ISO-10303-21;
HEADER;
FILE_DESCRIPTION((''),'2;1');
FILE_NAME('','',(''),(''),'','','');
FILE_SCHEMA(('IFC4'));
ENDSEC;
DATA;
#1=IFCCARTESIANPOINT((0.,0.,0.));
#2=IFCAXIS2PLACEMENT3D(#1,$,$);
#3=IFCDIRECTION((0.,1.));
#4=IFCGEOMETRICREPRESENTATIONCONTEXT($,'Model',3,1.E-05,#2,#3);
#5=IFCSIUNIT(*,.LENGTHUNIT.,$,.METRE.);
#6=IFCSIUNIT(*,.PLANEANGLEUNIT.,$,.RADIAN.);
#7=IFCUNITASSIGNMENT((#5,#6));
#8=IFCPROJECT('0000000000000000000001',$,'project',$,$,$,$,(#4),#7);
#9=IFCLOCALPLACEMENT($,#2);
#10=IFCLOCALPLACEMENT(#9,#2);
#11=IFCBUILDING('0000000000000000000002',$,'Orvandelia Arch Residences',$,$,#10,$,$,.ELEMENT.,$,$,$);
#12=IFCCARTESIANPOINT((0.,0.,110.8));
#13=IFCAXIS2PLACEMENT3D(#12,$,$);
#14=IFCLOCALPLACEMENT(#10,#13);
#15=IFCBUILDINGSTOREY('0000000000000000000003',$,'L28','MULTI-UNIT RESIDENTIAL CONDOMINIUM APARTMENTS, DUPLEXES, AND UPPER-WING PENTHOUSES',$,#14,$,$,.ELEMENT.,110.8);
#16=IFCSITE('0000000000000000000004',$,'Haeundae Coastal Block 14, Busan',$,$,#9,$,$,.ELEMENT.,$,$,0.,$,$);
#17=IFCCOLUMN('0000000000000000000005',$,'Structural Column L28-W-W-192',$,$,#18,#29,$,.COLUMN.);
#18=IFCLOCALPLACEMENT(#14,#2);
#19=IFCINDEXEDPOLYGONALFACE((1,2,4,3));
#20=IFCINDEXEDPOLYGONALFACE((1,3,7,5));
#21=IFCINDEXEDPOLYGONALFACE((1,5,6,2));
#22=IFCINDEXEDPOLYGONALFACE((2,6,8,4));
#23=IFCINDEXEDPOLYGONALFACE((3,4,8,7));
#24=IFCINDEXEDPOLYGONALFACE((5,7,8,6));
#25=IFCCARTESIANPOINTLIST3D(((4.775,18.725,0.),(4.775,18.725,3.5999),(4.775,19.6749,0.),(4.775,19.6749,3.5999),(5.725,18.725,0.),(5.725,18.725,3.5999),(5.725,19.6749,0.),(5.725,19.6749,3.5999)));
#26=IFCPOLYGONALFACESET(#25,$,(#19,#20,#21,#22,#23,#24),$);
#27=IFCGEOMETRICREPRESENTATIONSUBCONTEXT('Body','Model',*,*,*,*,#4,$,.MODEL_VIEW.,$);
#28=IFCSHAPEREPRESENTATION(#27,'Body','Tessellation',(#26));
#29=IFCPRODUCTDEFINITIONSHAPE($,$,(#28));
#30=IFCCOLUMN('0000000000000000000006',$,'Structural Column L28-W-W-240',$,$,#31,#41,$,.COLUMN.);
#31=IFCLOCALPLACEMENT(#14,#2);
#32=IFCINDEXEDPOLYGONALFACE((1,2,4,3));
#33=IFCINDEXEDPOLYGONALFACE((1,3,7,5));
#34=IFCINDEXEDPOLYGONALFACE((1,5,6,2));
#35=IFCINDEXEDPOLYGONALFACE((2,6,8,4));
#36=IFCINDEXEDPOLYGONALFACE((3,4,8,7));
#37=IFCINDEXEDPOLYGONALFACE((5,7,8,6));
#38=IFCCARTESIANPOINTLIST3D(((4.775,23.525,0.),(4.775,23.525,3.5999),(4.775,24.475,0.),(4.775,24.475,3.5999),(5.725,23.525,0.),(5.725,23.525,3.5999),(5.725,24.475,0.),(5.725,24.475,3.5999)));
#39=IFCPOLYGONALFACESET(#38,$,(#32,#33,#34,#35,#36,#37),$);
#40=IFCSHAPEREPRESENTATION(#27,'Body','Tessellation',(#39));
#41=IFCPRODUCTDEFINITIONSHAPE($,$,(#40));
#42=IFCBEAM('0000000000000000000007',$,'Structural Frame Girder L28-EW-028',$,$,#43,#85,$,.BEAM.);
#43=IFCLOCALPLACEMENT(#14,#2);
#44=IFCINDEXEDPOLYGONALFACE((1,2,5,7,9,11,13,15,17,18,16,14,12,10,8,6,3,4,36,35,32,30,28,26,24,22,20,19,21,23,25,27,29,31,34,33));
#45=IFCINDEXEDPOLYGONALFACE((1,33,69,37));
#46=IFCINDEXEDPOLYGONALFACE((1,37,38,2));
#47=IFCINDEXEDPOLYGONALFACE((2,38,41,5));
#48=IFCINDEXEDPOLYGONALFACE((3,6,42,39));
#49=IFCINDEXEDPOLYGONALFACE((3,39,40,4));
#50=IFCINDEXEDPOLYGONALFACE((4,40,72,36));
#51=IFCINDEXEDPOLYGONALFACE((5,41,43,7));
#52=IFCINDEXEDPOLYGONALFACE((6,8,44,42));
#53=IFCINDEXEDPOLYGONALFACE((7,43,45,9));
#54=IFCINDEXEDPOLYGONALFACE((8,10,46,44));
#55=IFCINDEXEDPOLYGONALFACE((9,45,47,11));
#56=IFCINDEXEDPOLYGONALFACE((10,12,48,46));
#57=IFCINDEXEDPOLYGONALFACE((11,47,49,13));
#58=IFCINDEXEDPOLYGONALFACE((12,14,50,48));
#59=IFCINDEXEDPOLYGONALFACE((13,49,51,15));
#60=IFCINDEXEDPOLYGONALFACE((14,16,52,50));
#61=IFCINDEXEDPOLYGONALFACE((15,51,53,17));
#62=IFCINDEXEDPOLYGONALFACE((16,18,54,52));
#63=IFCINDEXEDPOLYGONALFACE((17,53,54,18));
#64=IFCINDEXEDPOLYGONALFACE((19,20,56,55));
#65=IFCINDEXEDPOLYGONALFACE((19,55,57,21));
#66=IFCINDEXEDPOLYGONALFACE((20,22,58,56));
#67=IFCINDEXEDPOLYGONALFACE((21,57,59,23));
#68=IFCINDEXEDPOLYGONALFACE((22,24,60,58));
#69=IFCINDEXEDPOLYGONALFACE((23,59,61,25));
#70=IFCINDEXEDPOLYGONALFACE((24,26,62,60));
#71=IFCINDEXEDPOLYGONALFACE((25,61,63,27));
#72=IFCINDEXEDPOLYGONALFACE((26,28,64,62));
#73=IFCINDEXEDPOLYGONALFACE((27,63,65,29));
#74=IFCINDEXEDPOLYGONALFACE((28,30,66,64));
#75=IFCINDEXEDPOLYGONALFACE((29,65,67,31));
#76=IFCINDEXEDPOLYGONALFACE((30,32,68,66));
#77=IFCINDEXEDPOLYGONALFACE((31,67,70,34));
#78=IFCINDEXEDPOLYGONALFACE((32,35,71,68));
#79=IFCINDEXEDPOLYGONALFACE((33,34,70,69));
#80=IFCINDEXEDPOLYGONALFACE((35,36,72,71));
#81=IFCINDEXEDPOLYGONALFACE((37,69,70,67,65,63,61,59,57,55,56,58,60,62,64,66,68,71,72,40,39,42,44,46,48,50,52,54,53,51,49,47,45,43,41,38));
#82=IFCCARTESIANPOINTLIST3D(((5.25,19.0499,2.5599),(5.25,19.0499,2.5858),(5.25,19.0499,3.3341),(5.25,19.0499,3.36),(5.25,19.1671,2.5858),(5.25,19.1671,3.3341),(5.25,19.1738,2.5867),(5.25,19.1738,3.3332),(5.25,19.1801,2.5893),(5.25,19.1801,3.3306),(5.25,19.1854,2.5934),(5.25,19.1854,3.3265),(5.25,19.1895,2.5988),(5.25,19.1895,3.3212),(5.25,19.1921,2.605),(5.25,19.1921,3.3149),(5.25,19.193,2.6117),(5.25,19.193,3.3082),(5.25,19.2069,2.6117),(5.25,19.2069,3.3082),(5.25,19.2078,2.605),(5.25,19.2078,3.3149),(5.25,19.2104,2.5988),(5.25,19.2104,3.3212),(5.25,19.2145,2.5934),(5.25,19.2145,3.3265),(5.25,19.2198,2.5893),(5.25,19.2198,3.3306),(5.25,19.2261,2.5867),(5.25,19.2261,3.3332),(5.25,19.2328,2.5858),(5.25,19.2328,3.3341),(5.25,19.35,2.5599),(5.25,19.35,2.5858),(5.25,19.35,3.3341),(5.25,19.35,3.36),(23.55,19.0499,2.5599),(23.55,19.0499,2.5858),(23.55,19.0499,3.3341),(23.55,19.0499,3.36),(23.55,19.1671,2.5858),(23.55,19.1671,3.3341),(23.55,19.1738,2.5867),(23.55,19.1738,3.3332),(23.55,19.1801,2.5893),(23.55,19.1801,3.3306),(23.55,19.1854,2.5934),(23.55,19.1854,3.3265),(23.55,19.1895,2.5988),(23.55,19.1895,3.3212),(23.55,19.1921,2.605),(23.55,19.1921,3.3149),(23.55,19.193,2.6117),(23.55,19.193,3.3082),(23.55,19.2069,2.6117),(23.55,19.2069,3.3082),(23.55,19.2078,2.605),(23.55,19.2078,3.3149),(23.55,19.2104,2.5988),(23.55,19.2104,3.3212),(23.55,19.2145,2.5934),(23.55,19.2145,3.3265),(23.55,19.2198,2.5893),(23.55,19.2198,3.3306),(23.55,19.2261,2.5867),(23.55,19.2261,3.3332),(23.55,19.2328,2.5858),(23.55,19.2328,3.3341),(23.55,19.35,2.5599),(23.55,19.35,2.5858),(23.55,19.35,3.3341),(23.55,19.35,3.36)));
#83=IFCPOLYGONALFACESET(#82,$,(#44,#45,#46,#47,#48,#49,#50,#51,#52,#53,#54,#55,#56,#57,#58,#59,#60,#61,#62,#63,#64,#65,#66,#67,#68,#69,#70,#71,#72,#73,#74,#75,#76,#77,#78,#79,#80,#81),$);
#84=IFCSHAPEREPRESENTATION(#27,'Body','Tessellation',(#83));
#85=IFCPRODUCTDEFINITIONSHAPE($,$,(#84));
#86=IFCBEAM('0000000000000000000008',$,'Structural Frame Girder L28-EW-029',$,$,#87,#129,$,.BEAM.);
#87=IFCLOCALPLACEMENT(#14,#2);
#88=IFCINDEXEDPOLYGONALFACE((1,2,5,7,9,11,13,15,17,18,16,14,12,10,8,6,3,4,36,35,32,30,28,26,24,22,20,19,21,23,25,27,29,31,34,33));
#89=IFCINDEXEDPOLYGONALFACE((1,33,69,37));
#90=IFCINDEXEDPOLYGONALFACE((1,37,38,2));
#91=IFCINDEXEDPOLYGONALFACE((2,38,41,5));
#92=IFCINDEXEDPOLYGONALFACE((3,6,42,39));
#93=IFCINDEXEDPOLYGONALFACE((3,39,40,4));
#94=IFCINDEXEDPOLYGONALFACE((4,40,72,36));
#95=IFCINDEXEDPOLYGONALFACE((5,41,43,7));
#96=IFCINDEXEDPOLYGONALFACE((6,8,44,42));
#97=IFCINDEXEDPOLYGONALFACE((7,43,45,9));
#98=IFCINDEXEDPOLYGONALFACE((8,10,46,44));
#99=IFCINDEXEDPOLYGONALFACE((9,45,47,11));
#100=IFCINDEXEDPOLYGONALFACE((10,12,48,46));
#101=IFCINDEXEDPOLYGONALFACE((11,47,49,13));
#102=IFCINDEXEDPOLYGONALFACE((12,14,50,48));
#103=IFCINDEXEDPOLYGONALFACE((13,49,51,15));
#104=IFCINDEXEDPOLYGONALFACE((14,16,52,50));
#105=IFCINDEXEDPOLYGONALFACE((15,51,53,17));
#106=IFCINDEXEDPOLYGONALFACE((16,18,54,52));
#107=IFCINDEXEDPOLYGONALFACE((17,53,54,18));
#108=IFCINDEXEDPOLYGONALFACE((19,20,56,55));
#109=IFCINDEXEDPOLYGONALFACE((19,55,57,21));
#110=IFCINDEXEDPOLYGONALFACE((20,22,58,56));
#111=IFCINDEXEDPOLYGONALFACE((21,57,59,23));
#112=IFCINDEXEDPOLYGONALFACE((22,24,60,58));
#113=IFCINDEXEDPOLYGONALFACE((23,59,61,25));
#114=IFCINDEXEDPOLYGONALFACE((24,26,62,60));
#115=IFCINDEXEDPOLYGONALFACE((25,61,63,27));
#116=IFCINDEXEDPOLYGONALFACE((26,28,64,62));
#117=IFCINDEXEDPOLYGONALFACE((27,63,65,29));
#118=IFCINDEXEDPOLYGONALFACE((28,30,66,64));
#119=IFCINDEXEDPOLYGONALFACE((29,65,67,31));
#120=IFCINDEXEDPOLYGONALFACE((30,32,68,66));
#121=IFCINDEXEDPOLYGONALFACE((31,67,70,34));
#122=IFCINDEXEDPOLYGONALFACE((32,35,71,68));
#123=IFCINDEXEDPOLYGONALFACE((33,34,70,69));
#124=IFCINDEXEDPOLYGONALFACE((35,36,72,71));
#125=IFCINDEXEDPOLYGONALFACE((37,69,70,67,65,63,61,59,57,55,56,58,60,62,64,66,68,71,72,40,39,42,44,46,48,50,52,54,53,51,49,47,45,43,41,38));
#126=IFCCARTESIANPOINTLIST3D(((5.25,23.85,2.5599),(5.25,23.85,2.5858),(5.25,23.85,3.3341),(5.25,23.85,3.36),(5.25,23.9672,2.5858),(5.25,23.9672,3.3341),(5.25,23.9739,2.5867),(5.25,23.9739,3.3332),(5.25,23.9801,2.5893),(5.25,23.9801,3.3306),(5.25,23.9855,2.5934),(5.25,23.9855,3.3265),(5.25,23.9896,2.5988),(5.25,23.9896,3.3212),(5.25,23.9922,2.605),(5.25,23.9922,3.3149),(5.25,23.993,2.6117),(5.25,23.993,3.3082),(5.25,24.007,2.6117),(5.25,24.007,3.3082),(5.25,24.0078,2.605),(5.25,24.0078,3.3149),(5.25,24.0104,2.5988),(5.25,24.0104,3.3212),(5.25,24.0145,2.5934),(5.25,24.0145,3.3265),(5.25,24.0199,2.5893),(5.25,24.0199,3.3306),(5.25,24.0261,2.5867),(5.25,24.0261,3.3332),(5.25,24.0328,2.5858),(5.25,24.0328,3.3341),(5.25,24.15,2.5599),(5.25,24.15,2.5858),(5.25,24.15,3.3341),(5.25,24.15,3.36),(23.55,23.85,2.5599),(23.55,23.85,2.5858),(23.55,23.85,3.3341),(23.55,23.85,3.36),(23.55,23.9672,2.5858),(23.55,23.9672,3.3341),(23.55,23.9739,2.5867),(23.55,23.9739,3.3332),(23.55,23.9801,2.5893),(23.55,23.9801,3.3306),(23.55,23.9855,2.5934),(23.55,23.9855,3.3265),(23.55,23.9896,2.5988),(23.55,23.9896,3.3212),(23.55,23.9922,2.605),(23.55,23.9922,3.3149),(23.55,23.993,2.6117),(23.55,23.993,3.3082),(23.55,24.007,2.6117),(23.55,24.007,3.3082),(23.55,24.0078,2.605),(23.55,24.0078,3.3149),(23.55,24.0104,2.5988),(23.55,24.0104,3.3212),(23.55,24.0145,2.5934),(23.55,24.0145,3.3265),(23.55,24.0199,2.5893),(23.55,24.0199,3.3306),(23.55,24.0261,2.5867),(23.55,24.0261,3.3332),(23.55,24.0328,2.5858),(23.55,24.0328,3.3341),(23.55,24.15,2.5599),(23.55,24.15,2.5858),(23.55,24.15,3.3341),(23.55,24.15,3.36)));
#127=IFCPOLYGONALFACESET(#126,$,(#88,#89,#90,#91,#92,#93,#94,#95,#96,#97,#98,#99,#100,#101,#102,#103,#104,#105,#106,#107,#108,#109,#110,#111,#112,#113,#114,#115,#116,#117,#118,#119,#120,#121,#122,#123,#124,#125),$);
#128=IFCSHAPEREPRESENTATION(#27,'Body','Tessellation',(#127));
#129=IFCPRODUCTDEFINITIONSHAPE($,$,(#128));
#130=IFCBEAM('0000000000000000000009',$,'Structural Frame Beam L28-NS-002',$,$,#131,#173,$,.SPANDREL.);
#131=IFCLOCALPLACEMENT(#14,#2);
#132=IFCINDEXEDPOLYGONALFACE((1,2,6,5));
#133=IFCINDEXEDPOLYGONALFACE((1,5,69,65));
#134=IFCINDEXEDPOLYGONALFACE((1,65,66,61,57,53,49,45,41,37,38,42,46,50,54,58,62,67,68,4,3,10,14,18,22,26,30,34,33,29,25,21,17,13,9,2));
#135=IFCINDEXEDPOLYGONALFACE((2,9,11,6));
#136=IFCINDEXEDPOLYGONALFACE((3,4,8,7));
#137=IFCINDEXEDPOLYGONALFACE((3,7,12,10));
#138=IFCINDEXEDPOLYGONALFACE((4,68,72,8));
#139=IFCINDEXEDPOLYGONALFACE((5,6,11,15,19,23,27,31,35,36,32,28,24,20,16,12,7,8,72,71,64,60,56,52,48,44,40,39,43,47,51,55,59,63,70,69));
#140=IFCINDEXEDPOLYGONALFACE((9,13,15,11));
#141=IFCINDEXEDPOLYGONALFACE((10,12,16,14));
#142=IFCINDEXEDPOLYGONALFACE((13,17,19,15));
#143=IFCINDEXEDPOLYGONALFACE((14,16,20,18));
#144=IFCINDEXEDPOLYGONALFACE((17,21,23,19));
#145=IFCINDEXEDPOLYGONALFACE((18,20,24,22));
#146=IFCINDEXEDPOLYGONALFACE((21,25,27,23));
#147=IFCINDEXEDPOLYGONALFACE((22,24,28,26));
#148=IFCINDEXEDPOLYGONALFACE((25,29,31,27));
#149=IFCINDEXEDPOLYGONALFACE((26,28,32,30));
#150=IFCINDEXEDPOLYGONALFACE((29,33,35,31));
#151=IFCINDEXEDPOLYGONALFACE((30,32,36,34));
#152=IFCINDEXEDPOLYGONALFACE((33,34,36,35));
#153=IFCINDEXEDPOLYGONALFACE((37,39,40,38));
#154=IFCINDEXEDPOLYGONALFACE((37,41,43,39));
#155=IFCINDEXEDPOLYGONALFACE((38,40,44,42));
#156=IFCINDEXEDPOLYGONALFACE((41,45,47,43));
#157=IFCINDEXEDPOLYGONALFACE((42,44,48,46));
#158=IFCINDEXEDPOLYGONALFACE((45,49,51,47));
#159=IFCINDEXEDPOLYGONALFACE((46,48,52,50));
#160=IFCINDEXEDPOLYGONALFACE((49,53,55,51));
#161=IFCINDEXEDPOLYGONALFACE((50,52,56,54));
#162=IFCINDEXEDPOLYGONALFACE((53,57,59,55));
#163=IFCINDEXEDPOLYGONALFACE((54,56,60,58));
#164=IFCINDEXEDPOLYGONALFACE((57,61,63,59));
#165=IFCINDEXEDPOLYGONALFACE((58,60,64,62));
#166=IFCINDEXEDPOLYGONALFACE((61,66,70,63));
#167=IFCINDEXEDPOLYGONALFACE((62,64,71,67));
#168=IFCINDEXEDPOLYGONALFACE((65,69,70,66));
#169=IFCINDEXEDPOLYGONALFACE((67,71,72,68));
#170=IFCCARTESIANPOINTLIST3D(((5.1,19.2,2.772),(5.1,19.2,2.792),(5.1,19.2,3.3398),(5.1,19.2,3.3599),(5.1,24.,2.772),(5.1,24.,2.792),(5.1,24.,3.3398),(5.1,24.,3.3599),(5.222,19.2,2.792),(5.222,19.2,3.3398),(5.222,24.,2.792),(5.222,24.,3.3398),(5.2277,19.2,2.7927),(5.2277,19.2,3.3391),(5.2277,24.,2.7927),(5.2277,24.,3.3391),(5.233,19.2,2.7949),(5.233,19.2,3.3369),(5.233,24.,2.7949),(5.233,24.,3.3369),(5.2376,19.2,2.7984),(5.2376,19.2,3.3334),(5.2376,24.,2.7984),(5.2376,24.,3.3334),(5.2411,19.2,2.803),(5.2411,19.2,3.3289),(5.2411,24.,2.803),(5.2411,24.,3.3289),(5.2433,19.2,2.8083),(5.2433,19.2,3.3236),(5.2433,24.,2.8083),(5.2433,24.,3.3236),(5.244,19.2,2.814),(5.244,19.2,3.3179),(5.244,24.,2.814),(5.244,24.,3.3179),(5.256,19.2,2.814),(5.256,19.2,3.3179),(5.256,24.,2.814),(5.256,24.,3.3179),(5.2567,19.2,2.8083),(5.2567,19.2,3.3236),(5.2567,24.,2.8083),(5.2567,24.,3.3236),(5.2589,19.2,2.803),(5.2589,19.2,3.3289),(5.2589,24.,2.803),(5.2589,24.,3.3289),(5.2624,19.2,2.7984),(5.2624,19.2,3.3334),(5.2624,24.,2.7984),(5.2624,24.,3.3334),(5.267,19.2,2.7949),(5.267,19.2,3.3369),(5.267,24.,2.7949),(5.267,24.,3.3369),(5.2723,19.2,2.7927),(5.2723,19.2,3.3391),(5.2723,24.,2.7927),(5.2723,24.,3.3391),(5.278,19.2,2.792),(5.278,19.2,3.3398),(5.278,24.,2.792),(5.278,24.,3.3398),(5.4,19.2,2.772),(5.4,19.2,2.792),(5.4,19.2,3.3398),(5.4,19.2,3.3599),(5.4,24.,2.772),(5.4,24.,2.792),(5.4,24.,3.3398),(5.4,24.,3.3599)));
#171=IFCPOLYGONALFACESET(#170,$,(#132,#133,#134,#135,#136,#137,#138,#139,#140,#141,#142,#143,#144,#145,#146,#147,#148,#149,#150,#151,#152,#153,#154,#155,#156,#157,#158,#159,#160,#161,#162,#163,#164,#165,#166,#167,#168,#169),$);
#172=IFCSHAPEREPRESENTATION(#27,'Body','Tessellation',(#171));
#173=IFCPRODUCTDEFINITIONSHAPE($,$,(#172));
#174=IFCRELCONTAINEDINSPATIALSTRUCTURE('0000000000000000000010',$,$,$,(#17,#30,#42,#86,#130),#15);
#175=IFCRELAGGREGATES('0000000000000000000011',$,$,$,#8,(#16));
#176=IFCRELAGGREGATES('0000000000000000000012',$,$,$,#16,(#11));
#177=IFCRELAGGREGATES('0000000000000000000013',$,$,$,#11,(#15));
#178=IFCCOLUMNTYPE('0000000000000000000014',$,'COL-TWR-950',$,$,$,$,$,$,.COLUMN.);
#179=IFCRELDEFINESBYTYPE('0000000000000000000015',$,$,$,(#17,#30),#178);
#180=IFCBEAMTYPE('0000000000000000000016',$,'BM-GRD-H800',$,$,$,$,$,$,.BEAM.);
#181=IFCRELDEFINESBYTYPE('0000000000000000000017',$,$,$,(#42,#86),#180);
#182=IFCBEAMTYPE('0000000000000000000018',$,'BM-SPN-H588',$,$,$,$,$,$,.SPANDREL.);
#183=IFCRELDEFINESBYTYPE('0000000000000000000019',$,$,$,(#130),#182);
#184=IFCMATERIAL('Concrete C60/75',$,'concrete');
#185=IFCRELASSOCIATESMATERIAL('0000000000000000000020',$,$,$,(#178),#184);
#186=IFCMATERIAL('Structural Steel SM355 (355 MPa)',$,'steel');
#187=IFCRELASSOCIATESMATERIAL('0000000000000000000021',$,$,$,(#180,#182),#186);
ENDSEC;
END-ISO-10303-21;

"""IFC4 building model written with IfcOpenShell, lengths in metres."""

from ifc_helpers import new_model, si_unit, direction, frame, origin, origin_2d, place, context, subcontext, project, spatial, rectangle, i_section, extrude, material, material_profile, profile_set, type_object, element, save


model = new_model("IFC4")

# Units and contexts
model_context = context("Model", 3, precision=1e-05, world=origin(), true_north=direction((0.0, 1.0)))
body_context = subcontext(model_context, "Body", "Model", "MODEL_VIEW")
ifc_project = project(units=[si_unit("LENGTHUNIT", "METRE"), si_unit("PLANEANGLEUNIT", "RADIAN")], contexts=[model_context])

# Site, building, storey
site_placement = place(None, origin())
site = spatial("IfcSite", under=ifc_project, at=site_placement, Name="Haeundae Coastal Block 14, Busan", CompositionType="ELEMENT", RefElevation=0.0)
building_placement = place(site_placement, origin())
building = spatial("IfcBuilding", under=site, at=building_placement, Name="Orvandelia Arch Residences", CompositionType="ELEMENT")
storey_placement = place(building_placement, frame((0.0, 0.0, 110.8)))
storey = spatial("IfcBuildingStorey", under=building, at=storey_placement, Name="L28", Description="MULTI-UNIT RESIDENTIAL CONDOMINIUM APARTMENTS, DUPLEXES, AND UPPER-WING PENTHOUSES", CompositionType="ELEMENT", Elevation=110.8)

# Columns
ifc_material_1 = material(Name="Concrete C60/75", Category="concrete")
ifc_material_profile_1 = material_profile(ifc_material_1, rectangle(XDim=0.95, YDim=0.95, at=origin_2d()), Name="Concrete C60/75", Category="concrete")
ifc_profile_set_1 = profile_set([ifc_material_profile_1], Name="Concrete C60/75")
column_type = type_object("IfcColumnType", Name="COL-TWR-950", PredefinedType="COLUMN", material=ifc_profile_set_1)
for number, where, z_axis, x_axis, name in (
    (1, (5.25, 19.2, 0.0), (0.0, 0.0, 1.0), (1.0, 0.0, 0.0), "Structural Column L28-W-W-192"),
    (2, (5.25, 24.0, 0.0), (0.0, 0.0, 1.0), (1.0, 0.0, 0.0), "Structural Column L28-W-W-240"),
):
    element("IfcColumn", number, at=place(storey_placement, frame(where, z_axis=z_axis, x_axis=x_axis)), inside=storey, type_object=column_type, Name=name, PredefinedType="COLUMN", context=body_context, shape_type="SweptSolid", body=[
        extrude(rectangle(XDim=0.95, YDim=0.95, at=origin_2d()), origin(), (0.0, 0.0, 1.0), 3.5999),
    ])

# Beams
ifc_material_2 = material(Name="Structural Steel SM355 (355 MPa)", Category="steel")
ifc_material_profile_2 = material_profile(ifc_material_2, i_section(OverallWidth=0.3, OverallDepth=0.8, WebThickness=0.0139, FlangeThickness=0.0259, FilletRadius=0.0259, at=origin_2d()), Name="Structural Steel SM355 (355 MPa)", Category="steel")
ifc_profile_set_2 = profile_set([ifc_material_profile_2], Name="Structural Steel SM355 (355 MPa)")
beam_type_1 = type_object("IfcBeamType", Name="BM-GRD-H800", PredefinedType="BEAM", material=ifc_profile_set_2)
for number, where, z_axis, x_axis, name in (
    (3, (5.25, 19.2, 2.96), (1.0, 0.0, 0.0), (0.0, 1.0, 0.0), "Structural Frame Girder L28-EW-028"),
    (4, (5.25, 24.0, 2.96), (1.0, 0.0, 0.0), (0.0, 1.0, 0.0), "Structural Frame Girder L28-EW-029"),
):
    element("IfcBeam", number, at=place(storey_placement, frame(where, z_axis=z_axis, x_axis=x_axis)), inside=storey, type_object=beam_type_1, Name=name, PredefinedType="BEAM", context=body_context, shape_type="SweptSolid", body=[
        extrude(i_section(OverallWidth=0.3, OverallDepth=0.8, WebThickness=0.0139, FlangeThickness=0.0259, FilletRadius=0.0259, at=origin_2d()), origin(), (0.0, 0.0, 1.0), 18.3),
    ])
ifc_material_profile_3 = material_profile(ifc_material_2, i_section(OverallWidth=0.3, OverallDepth=0.5879, WebThickness=0.012, FlangeThickness=0.02, FilletRadius=0.022, at=origin_2d()), Name="Structural Steel SM355 (355 MPa)", Category="steel")
ifc_profile_set_3 = profile_set([ifc_material_profile_3], Name="Structural Steel SM355 (355 MPa)")
beam_type_2 = type_object("IfcBeamType", Name="BM-SPN-H588", PredefinedType="SPANDREL", material=ifc_profile_set_3)
beam_1_placement = place(storey_placement, frame((5.25, 19.2, 3.0659), z_axis=(0.0, 1.0, 0.0), x_axis=(-1.0, 0.0, 0.0)))
element("IfcBeam", 5, at=beam_1_placement, inside=storey, type_object=beam_type_2, Name="Structural Frame Beam L28-NS-002", PredefinedType="SPANDREL", context=body_context, shape_type="SweptSolid", body=[
    extrude(i_section(OverallWidth=0.3, OverallDepth=0.5879, WebThickness=0.012, FlangeThickness=0.02, FilletRadius=0.022, at=origin_2d()), origin(), (0.0, 0.0, 1.0), 4.8),
])

save(model, "model.ifc")
